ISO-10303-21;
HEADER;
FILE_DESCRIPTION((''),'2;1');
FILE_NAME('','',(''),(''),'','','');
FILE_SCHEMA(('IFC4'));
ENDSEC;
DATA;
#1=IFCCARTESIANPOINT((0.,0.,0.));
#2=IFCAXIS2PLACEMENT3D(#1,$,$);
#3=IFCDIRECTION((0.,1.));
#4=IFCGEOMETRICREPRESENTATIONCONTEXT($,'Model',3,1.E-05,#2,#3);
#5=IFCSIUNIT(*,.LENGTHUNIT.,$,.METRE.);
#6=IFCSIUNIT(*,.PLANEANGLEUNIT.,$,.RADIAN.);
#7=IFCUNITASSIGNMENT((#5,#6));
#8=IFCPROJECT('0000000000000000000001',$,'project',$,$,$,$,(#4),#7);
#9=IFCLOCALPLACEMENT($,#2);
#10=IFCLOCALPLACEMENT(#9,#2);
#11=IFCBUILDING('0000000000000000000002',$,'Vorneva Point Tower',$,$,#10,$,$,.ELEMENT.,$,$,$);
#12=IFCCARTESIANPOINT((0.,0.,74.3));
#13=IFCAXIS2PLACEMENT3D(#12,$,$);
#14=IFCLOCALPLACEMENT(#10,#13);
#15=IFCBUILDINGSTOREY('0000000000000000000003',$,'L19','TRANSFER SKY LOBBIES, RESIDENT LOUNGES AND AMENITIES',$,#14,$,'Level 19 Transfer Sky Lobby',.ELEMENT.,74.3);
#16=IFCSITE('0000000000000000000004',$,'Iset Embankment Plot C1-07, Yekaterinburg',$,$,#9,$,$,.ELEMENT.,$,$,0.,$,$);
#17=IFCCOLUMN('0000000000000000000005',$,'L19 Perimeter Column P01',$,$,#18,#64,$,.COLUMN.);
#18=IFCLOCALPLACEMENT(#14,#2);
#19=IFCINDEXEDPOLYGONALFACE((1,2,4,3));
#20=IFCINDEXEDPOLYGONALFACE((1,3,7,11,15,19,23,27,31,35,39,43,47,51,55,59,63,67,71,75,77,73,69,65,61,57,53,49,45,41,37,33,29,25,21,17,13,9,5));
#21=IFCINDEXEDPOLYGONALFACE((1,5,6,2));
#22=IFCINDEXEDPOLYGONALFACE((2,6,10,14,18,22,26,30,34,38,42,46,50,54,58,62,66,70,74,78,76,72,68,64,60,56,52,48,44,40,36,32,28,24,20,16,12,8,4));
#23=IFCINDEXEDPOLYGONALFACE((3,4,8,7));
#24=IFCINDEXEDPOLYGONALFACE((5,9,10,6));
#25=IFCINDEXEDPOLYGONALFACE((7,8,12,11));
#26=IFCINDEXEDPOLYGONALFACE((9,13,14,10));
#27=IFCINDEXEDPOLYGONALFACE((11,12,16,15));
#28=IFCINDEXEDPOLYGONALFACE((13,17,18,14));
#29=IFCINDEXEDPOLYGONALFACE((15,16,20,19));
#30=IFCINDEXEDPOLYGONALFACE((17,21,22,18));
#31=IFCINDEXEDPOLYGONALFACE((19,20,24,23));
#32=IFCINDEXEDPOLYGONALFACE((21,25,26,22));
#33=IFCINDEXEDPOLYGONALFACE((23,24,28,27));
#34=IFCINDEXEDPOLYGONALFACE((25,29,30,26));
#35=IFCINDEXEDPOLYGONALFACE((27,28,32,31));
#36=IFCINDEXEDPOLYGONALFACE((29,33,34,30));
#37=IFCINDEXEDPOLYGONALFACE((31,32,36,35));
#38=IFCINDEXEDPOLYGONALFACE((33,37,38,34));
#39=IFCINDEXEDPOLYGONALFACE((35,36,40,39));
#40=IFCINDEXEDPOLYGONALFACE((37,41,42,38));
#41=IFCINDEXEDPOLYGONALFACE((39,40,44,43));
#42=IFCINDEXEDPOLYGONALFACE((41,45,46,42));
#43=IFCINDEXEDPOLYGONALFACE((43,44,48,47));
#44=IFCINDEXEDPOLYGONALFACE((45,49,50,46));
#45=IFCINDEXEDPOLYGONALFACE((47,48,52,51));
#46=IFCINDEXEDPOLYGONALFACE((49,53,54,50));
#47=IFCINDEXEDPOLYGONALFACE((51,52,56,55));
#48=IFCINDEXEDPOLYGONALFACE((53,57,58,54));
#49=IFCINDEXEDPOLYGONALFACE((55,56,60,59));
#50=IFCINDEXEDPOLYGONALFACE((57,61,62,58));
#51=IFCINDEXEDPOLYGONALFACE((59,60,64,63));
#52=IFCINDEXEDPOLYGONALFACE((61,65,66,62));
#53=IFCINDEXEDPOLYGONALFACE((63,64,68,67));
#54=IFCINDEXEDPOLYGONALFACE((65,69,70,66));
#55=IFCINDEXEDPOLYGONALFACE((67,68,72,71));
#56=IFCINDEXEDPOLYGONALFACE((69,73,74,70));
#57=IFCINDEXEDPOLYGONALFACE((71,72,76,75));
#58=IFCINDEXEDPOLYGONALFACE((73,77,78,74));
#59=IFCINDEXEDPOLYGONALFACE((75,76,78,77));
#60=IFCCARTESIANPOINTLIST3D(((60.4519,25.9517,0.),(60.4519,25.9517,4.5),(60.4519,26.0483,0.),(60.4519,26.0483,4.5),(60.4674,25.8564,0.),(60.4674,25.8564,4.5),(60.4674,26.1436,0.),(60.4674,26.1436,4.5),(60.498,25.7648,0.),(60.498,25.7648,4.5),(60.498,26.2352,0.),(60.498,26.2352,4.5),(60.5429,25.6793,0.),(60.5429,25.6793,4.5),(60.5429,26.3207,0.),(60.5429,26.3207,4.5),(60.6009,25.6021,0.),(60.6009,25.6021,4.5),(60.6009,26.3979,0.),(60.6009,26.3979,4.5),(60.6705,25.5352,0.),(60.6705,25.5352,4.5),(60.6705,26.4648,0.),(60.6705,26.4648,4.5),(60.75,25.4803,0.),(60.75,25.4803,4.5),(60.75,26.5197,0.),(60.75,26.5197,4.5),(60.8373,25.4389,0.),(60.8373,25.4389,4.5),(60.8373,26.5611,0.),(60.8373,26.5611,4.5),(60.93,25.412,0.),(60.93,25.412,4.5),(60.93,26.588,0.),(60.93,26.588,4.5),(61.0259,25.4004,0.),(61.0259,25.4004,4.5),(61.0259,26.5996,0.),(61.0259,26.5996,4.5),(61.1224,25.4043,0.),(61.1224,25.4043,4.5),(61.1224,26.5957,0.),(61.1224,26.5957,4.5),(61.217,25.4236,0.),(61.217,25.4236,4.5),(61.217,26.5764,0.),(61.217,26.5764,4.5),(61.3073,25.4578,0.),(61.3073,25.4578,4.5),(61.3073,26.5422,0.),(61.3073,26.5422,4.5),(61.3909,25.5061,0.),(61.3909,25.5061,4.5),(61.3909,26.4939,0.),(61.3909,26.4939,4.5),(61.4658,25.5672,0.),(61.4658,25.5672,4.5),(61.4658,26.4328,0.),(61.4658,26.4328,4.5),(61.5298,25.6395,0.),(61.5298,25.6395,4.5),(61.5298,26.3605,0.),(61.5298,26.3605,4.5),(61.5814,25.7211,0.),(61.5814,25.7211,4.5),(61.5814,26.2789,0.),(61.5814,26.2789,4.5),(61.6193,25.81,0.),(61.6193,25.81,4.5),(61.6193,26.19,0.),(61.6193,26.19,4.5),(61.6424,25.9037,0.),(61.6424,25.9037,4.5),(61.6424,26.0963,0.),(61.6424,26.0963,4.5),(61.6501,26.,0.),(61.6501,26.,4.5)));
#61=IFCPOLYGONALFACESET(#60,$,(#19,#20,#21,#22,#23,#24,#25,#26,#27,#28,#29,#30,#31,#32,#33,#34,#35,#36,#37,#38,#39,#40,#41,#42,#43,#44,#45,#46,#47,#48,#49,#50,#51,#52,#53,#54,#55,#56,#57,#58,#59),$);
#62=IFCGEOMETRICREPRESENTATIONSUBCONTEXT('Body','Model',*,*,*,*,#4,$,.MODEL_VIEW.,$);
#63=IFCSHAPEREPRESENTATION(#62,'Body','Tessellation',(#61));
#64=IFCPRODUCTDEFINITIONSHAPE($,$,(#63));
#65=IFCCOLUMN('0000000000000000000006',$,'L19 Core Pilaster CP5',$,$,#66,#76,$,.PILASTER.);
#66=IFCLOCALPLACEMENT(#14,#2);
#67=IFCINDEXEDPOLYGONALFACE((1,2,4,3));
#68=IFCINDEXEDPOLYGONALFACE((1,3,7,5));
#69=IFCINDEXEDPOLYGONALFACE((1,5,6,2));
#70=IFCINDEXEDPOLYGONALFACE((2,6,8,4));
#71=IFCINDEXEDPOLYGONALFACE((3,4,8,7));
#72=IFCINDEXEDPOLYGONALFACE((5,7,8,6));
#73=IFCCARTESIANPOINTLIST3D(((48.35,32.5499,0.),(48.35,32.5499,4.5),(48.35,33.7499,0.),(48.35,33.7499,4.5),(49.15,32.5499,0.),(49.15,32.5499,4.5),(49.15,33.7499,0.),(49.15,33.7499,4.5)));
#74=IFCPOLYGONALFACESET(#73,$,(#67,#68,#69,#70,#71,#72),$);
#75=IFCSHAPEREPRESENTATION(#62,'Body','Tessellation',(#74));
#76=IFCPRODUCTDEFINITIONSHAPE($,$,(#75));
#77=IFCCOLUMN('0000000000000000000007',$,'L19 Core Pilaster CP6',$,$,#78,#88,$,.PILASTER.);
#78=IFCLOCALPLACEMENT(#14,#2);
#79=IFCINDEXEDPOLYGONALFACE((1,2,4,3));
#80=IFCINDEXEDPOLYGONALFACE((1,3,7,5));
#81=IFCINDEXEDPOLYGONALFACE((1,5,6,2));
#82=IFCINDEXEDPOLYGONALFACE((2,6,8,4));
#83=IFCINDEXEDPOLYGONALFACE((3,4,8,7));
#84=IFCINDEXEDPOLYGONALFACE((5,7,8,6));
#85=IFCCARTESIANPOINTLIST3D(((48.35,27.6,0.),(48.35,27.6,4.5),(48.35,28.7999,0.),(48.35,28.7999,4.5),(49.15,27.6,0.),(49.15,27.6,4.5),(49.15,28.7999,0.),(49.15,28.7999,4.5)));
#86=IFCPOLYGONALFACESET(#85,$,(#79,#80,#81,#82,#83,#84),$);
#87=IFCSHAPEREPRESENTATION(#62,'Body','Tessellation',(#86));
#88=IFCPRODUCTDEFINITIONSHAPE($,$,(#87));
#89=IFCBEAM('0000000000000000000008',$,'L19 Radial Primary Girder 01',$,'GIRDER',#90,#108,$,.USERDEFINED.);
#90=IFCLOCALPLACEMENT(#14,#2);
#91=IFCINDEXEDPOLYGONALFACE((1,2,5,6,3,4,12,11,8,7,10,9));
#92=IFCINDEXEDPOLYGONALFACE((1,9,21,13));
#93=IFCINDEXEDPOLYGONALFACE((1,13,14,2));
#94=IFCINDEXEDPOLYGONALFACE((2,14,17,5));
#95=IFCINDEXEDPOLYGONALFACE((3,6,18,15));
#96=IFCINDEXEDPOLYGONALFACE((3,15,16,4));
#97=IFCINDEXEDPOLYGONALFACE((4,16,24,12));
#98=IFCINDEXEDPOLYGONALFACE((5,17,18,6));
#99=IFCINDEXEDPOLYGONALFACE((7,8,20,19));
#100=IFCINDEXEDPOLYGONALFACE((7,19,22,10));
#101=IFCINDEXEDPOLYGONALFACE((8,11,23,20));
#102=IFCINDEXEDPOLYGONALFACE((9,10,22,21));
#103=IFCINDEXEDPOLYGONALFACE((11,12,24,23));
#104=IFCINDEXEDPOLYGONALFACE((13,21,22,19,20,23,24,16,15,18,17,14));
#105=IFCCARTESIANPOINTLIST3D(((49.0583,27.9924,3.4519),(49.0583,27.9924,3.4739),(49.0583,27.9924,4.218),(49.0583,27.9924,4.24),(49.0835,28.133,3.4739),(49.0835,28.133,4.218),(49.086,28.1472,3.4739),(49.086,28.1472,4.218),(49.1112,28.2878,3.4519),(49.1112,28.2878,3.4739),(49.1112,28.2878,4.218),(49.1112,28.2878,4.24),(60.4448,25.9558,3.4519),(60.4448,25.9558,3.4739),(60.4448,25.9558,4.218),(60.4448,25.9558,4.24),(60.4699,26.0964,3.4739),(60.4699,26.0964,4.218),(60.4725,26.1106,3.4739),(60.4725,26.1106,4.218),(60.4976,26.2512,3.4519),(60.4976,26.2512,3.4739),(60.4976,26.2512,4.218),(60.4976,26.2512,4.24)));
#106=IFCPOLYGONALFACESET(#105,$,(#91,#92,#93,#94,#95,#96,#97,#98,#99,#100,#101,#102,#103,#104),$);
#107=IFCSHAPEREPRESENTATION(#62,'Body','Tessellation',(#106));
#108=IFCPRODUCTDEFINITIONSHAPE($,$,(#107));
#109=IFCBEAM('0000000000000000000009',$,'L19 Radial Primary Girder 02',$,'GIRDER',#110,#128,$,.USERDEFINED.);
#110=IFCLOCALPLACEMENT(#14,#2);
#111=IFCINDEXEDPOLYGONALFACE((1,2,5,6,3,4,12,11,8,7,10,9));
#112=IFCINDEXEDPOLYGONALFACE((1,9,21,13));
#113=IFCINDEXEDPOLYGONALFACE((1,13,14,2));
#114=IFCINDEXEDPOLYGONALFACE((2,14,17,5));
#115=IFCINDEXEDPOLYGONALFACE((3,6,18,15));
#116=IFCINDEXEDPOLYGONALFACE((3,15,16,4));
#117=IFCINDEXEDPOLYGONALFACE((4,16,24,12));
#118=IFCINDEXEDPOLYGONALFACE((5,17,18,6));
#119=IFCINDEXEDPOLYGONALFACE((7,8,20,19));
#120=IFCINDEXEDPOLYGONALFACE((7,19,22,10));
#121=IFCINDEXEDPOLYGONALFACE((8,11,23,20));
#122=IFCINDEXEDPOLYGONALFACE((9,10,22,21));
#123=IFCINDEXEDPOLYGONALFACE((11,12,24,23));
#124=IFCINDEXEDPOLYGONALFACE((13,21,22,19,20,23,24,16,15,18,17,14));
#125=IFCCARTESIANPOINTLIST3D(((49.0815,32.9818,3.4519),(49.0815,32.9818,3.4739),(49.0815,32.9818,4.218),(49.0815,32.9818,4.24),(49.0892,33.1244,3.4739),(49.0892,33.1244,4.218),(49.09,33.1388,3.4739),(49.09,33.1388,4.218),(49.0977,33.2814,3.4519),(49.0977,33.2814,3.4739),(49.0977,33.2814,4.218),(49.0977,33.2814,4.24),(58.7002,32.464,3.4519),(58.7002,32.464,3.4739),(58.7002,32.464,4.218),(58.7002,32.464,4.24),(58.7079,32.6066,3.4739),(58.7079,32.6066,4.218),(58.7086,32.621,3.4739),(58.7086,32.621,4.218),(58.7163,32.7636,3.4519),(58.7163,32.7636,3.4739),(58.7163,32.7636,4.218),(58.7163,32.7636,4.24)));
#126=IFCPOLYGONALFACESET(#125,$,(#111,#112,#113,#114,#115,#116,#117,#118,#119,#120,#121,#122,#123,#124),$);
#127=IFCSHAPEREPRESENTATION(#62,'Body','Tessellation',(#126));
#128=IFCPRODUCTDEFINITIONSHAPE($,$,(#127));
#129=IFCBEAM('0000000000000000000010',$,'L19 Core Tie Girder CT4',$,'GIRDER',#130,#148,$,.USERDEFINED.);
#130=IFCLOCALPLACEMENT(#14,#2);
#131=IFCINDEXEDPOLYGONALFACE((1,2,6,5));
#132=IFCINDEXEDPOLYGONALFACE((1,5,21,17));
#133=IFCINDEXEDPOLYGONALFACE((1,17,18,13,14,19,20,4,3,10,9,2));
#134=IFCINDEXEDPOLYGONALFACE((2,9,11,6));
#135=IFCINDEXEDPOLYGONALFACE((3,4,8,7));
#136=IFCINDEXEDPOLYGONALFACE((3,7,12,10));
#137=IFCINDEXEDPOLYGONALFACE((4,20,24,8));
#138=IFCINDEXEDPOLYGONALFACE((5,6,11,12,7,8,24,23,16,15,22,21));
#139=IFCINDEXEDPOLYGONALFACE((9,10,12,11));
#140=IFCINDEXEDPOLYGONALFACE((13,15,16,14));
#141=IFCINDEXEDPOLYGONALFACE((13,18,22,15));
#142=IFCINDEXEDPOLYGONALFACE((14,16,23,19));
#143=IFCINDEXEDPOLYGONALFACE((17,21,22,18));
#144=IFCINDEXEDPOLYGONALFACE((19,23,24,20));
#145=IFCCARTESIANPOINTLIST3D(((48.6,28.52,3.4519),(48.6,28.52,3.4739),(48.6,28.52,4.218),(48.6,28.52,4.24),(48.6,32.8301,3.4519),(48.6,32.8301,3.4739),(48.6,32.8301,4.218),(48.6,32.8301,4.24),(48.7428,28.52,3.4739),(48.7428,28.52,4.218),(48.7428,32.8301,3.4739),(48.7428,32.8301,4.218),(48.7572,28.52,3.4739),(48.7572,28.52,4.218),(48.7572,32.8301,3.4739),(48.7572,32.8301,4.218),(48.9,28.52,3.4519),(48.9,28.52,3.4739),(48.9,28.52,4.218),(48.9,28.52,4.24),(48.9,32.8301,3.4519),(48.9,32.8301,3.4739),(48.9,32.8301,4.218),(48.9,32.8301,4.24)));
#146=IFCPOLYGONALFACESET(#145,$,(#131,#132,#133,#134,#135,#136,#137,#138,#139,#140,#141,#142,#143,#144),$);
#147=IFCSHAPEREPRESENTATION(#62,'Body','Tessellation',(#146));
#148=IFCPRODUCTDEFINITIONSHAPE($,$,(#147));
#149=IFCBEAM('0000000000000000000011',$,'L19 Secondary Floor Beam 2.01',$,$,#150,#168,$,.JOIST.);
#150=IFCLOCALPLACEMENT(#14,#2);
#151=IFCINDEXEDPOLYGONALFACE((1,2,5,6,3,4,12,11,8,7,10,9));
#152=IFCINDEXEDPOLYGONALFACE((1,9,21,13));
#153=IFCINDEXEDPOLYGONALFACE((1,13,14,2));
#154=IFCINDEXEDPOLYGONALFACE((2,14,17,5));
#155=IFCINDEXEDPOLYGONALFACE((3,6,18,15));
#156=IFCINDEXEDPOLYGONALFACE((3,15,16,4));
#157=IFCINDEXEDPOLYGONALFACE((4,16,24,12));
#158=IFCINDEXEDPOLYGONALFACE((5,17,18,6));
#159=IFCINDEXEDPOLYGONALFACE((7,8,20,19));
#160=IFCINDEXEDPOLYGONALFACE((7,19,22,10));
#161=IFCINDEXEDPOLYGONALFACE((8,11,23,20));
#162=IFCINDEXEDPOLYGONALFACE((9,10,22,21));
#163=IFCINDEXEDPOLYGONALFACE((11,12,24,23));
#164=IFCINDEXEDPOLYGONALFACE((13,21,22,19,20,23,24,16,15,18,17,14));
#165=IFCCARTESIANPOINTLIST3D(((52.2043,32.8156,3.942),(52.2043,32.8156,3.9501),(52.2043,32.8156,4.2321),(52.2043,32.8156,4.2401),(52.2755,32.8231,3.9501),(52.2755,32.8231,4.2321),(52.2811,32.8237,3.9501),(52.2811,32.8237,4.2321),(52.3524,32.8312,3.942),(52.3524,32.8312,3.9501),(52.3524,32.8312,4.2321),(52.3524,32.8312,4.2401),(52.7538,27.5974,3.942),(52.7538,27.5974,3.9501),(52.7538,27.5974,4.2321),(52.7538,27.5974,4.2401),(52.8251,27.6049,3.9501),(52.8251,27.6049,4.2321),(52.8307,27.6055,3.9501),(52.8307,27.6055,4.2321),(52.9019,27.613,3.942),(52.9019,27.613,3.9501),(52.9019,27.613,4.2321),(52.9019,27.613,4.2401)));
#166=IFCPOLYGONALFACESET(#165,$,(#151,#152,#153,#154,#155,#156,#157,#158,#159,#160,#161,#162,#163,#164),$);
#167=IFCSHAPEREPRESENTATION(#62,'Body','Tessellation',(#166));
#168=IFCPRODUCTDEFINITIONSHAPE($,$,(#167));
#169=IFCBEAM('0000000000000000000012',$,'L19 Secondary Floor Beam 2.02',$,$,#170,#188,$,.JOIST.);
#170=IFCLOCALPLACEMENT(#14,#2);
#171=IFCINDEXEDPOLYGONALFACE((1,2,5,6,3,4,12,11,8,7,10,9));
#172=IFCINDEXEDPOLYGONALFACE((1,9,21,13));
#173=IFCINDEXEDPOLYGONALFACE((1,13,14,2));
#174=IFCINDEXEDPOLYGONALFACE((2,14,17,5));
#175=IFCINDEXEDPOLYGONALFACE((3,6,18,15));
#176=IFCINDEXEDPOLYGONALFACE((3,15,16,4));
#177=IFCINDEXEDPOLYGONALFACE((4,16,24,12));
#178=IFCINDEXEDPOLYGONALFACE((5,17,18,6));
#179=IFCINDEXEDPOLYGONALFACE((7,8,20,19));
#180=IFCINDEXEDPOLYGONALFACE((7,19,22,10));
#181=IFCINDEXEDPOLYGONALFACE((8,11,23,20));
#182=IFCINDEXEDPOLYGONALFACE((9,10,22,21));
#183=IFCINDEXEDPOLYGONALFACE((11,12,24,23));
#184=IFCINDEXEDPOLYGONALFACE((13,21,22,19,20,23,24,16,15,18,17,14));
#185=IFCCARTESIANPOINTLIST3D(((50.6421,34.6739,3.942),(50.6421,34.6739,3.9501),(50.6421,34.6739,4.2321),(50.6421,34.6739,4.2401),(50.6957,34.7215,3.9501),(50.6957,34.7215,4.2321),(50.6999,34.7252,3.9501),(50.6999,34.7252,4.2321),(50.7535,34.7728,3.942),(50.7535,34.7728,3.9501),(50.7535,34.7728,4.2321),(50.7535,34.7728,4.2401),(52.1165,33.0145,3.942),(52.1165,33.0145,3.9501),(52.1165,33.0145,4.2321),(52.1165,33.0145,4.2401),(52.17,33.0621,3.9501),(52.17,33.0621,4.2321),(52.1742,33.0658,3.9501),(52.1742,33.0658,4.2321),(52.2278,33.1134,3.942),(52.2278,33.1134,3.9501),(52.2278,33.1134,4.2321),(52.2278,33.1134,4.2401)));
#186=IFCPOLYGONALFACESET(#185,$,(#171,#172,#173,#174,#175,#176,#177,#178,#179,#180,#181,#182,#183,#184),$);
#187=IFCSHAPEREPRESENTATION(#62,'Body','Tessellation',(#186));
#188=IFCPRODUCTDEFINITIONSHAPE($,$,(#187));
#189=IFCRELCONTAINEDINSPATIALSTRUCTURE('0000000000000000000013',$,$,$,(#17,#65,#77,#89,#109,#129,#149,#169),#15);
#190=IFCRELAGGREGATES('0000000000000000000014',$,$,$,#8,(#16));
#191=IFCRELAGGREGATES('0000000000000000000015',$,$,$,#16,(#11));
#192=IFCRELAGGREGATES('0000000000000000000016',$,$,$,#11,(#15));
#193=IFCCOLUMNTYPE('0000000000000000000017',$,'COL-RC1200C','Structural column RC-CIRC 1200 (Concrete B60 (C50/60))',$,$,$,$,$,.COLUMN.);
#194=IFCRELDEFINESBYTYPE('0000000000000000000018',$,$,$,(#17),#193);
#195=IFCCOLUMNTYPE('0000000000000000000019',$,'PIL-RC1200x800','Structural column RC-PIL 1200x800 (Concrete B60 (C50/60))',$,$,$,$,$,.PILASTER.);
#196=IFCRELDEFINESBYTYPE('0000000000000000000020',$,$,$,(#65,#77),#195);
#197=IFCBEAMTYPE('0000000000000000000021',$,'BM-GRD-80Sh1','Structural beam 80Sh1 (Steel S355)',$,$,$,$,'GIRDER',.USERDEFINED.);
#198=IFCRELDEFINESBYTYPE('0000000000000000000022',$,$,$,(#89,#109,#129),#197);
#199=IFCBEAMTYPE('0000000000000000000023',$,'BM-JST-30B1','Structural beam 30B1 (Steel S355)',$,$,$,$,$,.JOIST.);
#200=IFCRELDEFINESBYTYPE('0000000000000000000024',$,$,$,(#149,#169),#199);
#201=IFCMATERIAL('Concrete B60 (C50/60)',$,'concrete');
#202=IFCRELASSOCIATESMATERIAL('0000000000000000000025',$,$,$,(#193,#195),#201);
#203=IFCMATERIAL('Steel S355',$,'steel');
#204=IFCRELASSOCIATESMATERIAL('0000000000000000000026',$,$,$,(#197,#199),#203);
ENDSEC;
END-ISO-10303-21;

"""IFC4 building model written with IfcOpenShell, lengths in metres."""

from ifc_helpers import new_model, si_unit, direction, frame, origin, origin_2d, place, context, subcontext, project, spatial, rectangle, circle, i_section, extrude, material, material_profile, profile_set, type_object, element, save


model = new_model("IFC4")

# Units and contexts
model_context = context("Model", 3, precision=1e-05, world=origin(), true_north=direction((0.0, 1.0)))
body_context = subcontext(model_context, "Body", "Model", "MODEL_VIEW")
ifc_project = project(units=[si_unit("LENGTHUNIT", "METRE"), si_unit("PLANEANGLEUNIT", "RADIAN")], contexts=[model_context])

# Site, building, storey
site_placement = place(None, origin())
site = spatial("IfcSite", under=ifc_project, at=site_placement, Name="Iset Embankment Plot C1-07, Yekaterinburg", CompositionType="ELEMENT", RefElevation=0.0)
building_placement = place(site_placement, origin())
building = spatial("IfcBuilding", under=site, at=building_placement, Name="Vorneva Point Tower", CompositionType="ELEMENT")
storey_placement = place(building_placement, frame((0.0, 0.0, 74.3)))
storey = spatial("IfcBuildingStorey", under=building, at=storey_placement, Name="L19", Description="TRANSFER SKY LOBBIES, RESIDENT LOUNGES AND AMENITIES", LongName="Level 19 Transfer Sky Lobby", CompositionType="ELEMENT", Elevation=74.3)

# Columns
ifc_material_1 = material(Name="Concrete B60 (C50/60)", Category="concrete")
ifc_material_profile_1 = material_profile(ifc_material_1, circle(Radius=0.6001, at=origin_2d()), Name="RC-CIRC 1200")
ifc_profile_set_1 = profile_set([ifc_material_profile_1], Name="Concrete B60 (C50/60)")
column_type_1 = type_object("IfcColumnType", Name="COL-RC1200C", Description="Structural column RC-CIRC 1200 (Concrete B60 (C50/60))", PredefinedType="COLUMN", material=ifc_profile_set_1)
for number, where, z_axis, x_axis, name in (
    (1, (61.05, 26.0, 0.0), (0.0, 0.0, 1.0), (1.0, 0.0, 0.0), "L19 Perimeter Column P01"),
):
    element("IfcColumn", number, at=place(storey_placement, frame(where, z_axis=z_axis, x_axis=x_axis)), inside=storey, type_object=column_type_1, Name=name, PredefinedType="COLUMN", context=body_context, shape_type="SweptSolid", body=[
        extrude(circle(Radius=0.6001, at=origin_2d()), origin(), (0.0, 0.0, 1.0), 4.5),
    ])
ifc_material_profile_2 = material_profile(ifc_material_1, rectangle(XDim=0.8, YDim=1.2, at=origin_2d()), Name="RC-PIL 1200x800")
ifc_profile_set_2 = profile_set([ifc_material_profile_2], Name="Concrete B60 (C50/60)")
column_type_2 = type_object("IfcColumnType", Name="PIL-RC1200x800", Description="Structural column RC-PIL 1200x800 (Concrete B60 (C50/60))", PredefinedType="PILASTER", material=ifc_profile_set_2)
for number, where, z_axis, x_axis, name in (
    (2, (48.75, 33.1499, 0.0), (0.0, 0.0, 1.0), (1.0, 0.0, 0.0), "L19 Core Pilaster CP5"),
    (3, (48.75, 28.2, 0.0), (0.0, 0.0, 1.0), (1.0, 0.0, 0.0), "L19 Core Pilaster CP6"),
):
    element("IfcColumn", number, at=place(storey_placement, frame(where, z_axis=z_axis, x_axis=x_axis)), inside=storey, type_object=column_type_2, Name=name, PredefinedType="PILASTER", context=body_context, shape_type="SweptSolid", body=[
        extrude(rectangle(XDim=0.8, YDim=1.2, at=origin_2d()), origin(), (0.0, 0.0, 1.0), 4.5),
    ])

# Beams
ifc_material_2 = material(Name="Steel S355", Category="steel")
ifc_material_profile_3 = material_profile(ifc_material_2, i_section(OverallWidth=0.3, OverallDepth=0.7881, WebThickness=0.0144, FlangeThickness=0.022, at=origin_2d()), Name="80Sh1")
ifc_profile_set_3 = profile_set([ifc_material_profile_3], Name="Steel S355")
beam_type_1 = type_object("IfcBeamType", Name="BM-GRD-80Sh1", Description="Structural beam 80Sh1 (Steel S355)", ElementType="GIRDER", PredefinedType="USERDEFINED", material=ifc_profile_set_3)
beam_1_placement = place(storey_placement, frame((60.4712, 26.1035, 3.8459), z_axis=(-0.984378, 0.176069, 0.0), x_axis=(-0.176069, -0.984378, 0.0)))
element("IfcBeam", 4, at=beam_1_placement, inside=storey, type_object=beam_type_1, Name="L19 Radial Primary Girder 01", ObjectType="GIRDER", PredefinedType="USERDEFINED", context=body_context, shape_type="SweptSolid", body=[
    extrude(i_section(OverallWidth=0.3, OverallDepth=0.7881, WebThickness=0.0144, FlangeThickness=0.022, at=origin_2d()), origin(), (0.0, 0.0, 1.0), 11.5671),
])
beam_2_placement = place(storey_placement, frame((58.7083, 32.6138, 3.8459), z_axis=(-0.998554, 0.053757, 0.0), x_axis=(-0.053757, -0.998554, 0.0)))
element("IfcBeam", 5, at=beam_2_placement, inside=storey, type_object=beam_type_1, Name="L19 Radial Primary Girder 02", ObjectType="GIRDER", PredefinedType="USERDEFINED", context=body_context, shape_type="SweptSolid", body=[
    extrude(i_section(OverallWidth=0.3, OverallDepth=0.7881, WebThickness=0.0144, FlangeThickness=0.022, at=origin_2d()), origin(), (0.0, 0.0, 1.0), 9.6326),
])
beam_3_placement = place(storey_placement, frame((48.75, 28.52, 3.8459), z_axis=(0.0, 1.0, 0.0), x_axis=(-1.0, 0.0, 0.0)))
element("IfcBeam", 6, at=beam_3_placement, inside=storey, type_object=beam_type_1, Name="L19 Core Tie Girder CT4", ObjectType="GIRDER", PredefinedType="USERDEFINED", context=body_context, shape_type="SweptSolid", body=[
    extrude(i_section(OverallWidth=0.3, OverallDepth=0.7881, WebThickness=0.0144, FlangeThickness=0.022, at=origin_2d()), origin(), (0.0, 0.0, 1.0), 4.3101),
])
ifc_material_profile_4 = material_profile(ifc_material_2, i_section(OverallWidth=0.1489, OverallDepth=0.2981, WebThickness=0.0056, FlangeThickness=0.0081, at=origin_2d()), Name="30B1")
ifc_profile_set_4 = profile_set([ifc_material_profile_4], Name="Steel S355")
beam_type_2 = type_object("IfcBeamType", Name="BM-JST-30B1", Description="Structural beam 30B1 (Steel S355)", PredefinedType="JOIST", material=ifc_profile_set_4)
beam_4_placement = place(storey_placement, frame((52.8279, 27.6052, 4.0911), z_axis=(-0.104736, 0.9945, 0.0), x_axis=(-0.9945, -0.104736, 0.0)))
element("IfcBeam", 7, at=beam_4_placement, inside=storey, type_object=beam_type_2, Name="L19 Secondary Floor Beam 2.01", PredefinedType="JOIST", context=body_context, shape_type="SweptSolid", body=[
    extrude(i_section(OverallWidth=0.1489, OverallDepth=0.2981, WebThickness=0.0056, FlangeThickness=0.0081, at=origin_2d()), origin(), (0.0, 0.0, 1.0), 5.2471),
])
beam_5_placement = place(storey_placement, frame((52.1721, 33.064, 4.0911), z_axis=(-0.664193, 0.747561, 0.0), x_axis=(-0.747561, -0.664193, 0.0)))
element("IfcBeam", 8, at=beam_5_placement, inside=storey, type_object=beam_type_2, Name="L19 Secondary Floor Beam 2.02", PredefinedType="JOIST", context=body_context, shape_type="SweptSolid", body=[
    extrude(i_section(OverallWidth=0.1489, OverallDepth=0.2981, WebThickness=0.0056, FlangeThickness=0.0081, at=origin_2d()), origin(), (0.0, 0.0, 1.0), 2.2197),
])

save(model, "model.ifc")
